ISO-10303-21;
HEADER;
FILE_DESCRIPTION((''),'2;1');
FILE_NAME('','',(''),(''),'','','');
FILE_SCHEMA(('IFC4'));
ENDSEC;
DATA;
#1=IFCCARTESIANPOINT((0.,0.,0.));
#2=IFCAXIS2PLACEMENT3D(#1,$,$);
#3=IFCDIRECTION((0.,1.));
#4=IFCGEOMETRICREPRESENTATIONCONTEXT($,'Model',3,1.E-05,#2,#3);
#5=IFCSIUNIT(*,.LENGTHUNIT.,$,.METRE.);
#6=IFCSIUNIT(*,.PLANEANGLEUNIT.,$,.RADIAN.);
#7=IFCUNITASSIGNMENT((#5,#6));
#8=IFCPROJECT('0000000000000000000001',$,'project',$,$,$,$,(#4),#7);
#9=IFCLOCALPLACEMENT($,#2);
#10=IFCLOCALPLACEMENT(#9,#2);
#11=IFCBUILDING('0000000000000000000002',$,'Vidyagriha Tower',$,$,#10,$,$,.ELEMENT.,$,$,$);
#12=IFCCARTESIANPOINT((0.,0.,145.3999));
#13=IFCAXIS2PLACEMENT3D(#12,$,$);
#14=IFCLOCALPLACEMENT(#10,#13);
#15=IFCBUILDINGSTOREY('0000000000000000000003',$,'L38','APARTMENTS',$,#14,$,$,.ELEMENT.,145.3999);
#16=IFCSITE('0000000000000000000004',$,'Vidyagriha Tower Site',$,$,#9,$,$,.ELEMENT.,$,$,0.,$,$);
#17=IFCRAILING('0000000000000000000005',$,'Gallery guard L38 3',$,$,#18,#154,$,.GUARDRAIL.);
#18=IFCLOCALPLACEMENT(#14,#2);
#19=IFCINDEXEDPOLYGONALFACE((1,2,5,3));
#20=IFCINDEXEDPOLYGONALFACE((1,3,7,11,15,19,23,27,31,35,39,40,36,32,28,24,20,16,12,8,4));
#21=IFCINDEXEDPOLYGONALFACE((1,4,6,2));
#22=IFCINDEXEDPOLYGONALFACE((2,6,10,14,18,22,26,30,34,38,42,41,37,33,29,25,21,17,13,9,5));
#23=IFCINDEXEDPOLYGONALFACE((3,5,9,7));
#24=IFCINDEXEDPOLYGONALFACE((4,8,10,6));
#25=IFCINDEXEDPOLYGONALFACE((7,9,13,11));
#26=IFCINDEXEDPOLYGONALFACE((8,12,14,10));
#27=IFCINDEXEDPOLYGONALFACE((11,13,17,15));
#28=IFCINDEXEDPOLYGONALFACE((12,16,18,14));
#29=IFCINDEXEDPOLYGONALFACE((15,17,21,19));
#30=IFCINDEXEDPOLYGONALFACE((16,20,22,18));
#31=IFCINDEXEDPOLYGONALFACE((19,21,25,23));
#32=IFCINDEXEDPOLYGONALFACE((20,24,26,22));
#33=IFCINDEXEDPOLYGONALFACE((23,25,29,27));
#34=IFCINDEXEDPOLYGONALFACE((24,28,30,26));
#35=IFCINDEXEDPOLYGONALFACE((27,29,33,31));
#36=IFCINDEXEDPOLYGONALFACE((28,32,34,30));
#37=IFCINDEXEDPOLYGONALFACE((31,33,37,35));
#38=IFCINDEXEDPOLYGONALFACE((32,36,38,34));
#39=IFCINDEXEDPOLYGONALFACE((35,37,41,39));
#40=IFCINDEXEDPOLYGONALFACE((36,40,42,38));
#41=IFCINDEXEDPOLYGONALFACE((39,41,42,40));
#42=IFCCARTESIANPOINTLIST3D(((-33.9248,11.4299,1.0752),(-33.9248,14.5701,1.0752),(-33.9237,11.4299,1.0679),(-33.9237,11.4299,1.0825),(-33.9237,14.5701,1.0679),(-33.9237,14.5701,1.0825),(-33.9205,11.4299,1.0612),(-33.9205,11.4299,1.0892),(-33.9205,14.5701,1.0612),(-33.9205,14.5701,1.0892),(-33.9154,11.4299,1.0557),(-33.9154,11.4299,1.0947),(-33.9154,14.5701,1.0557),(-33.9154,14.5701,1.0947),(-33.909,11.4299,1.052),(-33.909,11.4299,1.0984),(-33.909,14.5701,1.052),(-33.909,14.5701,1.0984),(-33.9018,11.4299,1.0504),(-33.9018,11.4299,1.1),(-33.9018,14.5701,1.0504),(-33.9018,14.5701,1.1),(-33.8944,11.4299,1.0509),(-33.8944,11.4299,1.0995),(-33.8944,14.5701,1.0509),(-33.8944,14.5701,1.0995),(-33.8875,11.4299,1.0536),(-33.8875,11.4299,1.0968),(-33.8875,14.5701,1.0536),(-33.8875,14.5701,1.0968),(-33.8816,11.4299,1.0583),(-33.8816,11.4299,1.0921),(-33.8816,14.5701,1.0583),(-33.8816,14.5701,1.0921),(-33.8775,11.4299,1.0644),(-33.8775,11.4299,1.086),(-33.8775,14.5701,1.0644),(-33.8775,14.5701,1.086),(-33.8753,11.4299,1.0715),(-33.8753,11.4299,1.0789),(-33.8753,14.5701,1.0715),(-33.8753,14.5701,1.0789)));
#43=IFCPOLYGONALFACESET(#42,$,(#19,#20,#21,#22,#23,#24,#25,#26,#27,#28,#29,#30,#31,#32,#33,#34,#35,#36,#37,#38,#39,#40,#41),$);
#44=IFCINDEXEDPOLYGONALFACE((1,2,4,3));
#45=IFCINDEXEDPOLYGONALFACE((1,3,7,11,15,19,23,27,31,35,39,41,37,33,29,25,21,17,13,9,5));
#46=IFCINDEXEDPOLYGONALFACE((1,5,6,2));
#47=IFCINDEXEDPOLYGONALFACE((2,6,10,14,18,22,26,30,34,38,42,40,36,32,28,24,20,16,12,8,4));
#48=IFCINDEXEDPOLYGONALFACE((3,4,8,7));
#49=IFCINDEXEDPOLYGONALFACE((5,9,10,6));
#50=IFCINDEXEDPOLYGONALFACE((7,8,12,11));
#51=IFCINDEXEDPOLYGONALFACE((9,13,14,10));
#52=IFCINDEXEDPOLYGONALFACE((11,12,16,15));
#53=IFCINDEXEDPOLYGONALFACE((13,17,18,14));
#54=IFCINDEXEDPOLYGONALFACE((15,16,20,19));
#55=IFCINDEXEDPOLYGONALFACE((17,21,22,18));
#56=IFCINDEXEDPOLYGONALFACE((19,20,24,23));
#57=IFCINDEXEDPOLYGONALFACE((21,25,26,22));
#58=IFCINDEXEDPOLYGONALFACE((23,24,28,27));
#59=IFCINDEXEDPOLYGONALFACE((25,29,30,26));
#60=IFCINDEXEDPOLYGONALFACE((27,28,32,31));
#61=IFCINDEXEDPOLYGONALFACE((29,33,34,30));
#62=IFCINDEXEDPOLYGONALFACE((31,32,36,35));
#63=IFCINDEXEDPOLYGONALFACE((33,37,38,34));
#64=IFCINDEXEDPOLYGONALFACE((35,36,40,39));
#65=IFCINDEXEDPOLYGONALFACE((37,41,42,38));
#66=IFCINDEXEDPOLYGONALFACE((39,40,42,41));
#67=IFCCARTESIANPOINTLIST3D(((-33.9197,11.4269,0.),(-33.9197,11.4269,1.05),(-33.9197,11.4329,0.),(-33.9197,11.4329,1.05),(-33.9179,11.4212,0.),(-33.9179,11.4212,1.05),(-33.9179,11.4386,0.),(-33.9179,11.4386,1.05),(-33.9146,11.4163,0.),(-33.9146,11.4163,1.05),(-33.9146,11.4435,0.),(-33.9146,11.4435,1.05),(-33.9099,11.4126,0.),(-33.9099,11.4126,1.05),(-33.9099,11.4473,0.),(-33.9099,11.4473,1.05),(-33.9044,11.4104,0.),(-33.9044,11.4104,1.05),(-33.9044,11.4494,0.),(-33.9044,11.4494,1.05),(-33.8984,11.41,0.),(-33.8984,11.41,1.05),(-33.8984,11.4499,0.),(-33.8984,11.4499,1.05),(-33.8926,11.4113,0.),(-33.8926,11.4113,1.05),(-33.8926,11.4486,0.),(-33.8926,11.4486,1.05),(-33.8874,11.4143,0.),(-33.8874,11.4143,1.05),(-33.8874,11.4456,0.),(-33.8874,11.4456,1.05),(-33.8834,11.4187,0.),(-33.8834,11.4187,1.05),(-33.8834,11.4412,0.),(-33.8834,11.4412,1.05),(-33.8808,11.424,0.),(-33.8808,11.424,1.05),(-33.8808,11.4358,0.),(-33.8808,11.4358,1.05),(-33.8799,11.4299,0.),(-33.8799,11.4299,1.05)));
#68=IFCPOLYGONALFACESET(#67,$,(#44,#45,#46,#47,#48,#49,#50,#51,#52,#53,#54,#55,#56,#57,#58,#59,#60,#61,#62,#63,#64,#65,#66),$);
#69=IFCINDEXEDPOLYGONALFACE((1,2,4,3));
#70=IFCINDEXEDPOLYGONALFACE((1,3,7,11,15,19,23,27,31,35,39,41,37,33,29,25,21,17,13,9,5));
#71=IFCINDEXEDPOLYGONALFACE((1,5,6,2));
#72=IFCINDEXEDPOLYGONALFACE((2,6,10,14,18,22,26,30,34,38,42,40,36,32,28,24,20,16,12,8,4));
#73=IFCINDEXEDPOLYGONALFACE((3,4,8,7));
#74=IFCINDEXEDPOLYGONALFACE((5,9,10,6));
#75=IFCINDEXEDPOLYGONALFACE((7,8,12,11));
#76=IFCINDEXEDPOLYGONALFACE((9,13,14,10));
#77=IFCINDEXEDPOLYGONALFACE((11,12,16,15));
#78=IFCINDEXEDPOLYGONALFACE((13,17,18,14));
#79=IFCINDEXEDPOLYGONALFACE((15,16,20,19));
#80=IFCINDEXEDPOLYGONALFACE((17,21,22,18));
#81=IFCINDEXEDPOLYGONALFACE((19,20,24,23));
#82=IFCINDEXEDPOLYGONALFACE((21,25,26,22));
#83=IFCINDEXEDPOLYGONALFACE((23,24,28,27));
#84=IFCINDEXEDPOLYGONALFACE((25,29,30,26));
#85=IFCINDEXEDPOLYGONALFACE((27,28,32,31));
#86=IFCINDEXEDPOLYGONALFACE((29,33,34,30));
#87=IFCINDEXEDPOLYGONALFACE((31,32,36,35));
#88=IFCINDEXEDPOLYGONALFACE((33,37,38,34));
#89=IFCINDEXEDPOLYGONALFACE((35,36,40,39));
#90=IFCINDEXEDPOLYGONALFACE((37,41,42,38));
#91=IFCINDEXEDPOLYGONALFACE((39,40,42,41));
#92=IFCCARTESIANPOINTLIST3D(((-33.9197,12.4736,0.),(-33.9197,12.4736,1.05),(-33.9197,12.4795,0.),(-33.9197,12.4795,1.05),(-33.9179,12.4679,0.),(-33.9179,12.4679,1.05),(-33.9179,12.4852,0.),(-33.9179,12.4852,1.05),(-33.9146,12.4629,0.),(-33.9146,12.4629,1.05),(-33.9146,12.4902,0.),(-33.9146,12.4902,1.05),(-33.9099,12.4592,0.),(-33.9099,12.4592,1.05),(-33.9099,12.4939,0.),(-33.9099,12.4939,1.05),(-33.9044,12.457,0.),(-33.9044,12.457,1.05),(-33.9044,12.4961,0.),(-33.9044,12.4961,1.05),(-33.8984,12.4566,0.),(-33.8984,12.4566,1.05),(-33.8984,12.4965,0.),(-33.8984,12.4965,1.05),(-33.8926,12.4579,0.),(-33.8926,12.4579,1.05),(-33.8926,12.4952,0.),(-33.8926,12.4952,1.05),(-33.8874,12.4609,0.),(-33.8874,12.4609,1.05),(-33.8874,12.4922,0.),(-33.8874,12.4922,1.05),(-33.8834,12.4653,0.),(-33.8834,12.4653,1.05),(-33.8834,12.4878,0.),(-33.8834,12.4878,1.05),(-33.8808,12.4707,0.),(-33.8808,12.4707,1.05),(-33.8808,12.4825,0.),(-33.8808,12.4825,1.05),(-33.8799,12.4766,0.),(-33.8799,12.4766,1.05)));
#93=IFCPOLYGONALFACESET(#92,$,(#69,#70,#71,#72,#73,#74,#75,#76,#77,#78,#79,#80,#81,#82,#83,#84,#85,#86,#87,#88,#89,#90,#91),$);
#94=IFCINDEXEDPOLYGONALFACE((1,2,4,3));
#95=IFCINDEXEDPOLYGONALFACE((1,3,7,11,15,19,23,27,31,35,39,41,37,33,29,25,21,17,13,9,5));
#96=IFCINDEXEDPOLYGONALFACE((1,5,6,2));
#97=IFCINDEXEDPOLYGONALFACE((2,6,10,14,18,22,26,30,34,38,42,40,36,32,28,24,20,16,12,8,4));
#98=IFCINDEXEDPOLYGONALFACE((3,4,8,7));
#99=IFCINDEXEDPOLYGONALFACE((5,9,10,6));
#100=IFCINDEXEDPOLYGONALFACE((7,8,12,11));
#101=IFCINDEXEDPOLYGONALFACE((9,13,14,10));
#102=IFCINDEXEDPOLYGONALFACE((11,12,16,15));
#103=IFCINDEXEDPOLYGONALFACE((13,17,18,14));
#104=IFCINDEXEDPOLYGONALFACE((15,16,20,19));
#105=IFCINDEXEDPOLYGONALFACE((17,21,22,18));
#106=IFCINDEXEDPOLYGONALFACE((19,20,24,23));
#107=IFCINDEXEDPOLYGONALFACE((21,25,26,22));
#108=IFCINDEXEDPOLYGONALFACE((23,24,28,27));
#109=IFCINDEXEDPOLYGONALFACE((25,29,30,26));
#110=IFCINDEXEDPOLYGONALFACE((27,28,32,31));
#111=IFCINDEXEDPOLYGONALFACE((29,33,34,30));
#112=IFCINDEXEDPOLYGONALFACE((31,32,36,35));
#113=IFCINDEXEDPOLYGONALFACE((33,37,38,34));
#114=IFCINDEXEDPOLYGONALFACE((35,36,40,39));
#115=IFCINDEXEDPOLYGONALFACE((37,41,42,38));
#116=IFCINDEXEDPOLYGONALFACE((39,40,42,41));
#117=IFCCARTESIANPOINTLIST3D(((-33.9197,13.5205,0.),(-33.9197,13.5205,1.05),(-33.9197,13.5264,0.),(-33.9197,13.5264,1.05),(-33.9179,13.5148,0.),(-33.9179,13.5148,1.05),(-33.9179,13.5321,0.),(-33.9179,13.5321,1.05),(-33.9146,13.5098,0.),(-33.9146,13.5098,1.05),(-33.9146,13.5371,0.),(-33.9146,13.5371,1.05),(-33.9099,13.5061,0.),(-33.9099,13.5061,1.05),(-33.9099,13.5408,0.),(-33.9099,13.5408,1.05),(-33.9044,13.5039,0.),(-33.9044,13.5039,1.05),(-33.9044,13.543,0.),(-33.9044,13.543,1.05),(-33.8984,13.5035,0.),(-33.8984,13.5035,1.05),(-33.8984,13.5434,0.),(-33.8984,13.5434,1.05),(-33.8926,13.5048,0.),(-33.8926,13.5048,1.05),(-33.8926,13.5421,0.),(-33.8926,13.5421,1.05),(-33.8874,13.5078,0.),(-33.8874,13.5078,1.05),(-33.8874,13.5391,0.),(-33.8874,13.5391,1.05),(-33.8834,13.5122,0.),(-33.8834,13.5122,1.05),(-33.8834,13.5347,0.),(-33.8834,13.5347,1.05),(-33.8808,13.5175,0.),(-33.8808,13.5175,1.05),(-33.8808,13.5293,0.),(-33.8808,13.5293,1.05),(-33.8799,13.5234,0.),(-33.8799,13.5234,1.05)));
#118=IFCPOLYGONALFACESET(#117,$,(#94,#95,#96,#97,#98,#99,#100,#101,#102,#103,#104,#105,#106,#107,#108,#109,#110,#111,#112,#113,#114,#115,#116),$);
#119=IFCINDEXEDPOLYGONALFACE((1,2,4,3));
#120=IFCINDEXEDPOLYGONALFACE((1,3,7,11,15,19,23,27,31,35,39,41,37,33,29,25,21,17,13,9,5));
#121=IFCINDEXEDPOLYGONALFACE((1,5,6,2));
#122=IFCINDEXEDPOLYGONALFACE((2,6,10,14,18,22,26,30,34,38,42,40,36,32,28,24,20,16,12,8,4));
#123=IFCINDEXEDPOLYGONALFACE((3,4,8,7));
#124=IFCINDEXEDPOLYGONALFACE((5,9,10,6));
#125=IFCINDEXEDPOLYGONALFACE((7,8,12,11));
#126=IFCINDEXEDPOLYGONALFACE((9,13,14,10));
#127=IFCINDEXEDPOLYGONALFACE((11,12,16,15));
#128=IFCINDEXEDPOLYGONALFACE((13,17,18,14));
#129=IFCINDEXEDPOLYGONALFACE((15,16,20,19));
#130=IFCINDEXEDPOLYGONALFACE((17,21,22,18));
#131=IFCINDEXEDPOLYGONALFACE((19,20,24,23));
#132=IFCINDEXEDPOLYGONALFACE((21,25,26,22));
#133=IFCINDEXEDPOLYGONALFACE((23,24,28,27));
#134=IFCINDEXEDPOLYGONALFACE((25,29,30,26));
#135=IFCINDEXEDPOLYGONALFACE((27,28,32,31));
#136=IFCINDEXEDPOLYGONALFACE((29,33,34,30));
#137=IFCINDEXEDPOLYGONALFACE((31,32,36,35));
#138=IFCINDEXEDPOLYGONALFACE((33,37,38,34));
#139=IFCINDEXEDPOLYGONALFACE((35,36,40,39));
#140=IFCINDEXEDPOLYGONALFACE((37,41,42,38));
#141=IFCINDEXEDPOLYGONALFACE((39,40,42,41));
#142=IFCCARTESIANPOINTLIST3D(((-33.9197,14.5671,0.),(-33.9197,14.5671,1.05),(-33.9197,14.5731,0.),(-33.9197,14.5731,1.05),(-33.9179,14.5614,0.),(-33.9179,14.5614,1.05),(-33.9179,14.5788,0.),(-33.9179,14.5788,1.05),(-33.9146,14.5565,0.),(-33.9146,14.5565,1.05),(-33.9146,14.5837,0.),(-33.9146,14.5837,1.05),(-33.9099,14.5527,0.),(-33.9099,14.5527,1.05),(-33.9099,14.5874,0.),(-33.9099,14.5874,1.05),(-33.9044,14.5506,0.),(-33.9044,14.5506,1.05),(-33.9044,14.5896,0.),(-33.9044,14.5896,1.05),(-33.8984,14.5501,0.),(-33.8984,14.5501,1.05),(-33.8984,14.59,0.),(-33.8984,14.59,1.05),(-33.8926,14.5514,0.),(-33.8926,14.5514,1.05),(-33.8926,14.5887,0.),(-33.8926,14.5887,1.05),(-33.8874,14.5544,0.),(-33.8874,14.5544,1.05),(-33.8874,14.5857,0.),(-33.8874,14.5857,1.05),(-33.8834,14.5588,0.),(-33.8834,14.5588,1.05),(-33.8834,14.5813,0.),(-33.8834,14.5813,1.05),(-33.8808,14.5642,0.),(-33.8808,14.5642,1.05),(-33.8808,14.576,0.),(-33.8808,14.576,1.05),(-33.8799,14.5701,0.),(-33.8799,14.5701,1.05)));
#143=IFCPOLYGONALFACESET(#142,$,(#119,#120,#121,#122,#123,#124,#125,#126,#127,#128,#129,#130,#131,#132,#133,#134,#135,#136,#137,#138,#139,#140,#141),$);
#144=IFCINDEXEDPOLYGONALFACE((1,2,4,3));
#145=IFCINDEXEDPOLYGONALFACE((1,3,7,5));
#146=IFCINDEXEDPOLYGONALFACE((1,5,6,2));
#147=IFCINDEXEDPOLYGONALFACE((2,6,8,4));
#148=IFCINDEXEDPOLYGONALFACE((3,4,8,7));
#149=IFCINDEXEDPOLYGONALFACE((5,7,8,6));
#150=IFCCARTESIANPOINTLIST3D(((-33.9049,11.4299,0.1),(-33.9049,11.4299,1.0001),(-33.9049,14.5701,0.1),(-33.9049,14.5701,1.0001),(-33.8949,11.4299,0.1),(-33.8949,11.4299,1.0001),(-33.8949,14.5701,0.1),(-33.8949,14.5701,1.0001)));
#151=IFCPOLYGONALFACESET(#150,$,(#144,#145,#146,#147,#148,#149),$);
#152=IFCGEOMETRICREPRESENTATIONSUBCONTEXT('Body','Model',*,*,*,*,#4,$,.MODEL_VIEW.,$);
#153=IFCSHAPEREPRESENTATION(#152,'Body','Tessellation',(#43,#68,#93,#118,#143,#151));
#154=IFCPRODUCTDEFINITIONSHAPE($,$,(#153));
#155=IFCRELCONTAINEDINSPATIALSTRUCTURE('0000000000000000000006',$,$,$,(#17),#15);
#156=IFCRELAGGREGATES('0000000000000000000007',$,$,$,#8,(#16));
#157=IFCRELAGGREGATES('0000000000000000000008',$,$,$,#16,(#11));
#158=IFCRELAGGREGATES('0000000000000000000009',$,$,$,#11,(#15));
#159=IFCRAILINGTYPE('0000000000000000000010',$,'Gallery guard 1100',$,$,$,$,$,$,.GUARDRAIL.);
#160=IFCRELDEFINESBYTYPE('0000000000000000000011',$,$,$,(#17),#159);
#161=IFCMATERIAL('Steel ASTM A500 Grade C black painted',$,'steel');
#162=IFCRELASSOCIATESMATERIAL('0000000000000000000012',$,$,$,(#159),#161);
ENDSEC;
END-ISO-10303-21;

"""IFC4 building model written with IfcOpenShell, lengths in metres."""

from ifc_helpers import new_model, si_unit, direction, frame, origin, origin_2d, place, context, subcontext, project, spatial, rectangle, circle, extrude, material, type_object, element, save


model = new_model("IFC4")

# Units and contexts
model_context = context("Model", 3, precision=1e-05, world=origin(), true_north=direction((0.0, 1.0)))
body_context = subcontext(model_context, "Body", "Model", "MODEL_VIEW")
ifc_project = project(units=[si_unit("LENGTHUNIT", "METRE"), si_unit("PLANEANGLEUNIT", "RADIAN")], contexts=[model_context])

# Site, building, storey
site_placement = place(None, origin())
site = spatial("IfcSite", under=ifc_project, at=site_placement, Name="Vidyagriha Tower Site", CompositionType="ELEMENT", RefElevation=0.0)
building_placement = place(site_placement, origin())
building = spatial("IfcBuilding", under=site, at=building_placement, Name="Vidyagriha Tower", CompositionType="ELEMENT")
storey_placement = place(building_placement, frame((0.0, 0.0, 145.3999)))
storey = spatial("IfcBuildingStorey", under=building, at=storey_placement, Name="L38", Description="APARTMENTS", CompositionType="ELEMENT", Elevation=145.3999)

# Railing
ifc_material_1 = material(Name="Steel ASTM A500 Grade C black painted", Category="steel")
railing_type = type_object("IfcRailingType", Name="Gallery guard 1100", PredefinedType="GUARDRAIL", material=ifc_material_1)
railing_1_placement = place(storey_placement, frame((-33.8999, 11.4299, 0.0)))
element("IfcRailing", 1, at=railing_1_placement, inside=storey, type_object=railing_type, Name="Gallery guard L38 3", PredefinedType="GUARDRAIL", context=body_context, shape_type="SweptSolid", body=[
    extrude(circle(Radius=0.0249, at=origin_2d()), frame((0.0, 0.0, 1.0752), z_axis=(0.0, 1.0, 0.0), x_axis=(-1.0, 0.0, 0.0)), (0.0, 0.0, 1.0), 3.1401),
    extrude(circle(Radius=0.02, at=origin_2d()), origin(), (0.0, 0.0, 1.0), 1.05),
    extrude(circle(Radius=0.02, at=origin_2d()), frame((0.0, 1.0466, 0.0)), (0.0, 0.0, 1.0), 1.05),
    extrude(circle(Radius=0.02, at=origin_2d()), frame((0.0, 2.0935, 0.0)), (0.0, 0.0, 1.0), 1.05),
    extrude(circle(Radius=0.02, at=origin_2d()), frame((0.0, 3.1401, 0.0)), (0.0, 0.0, 1.0), 1.05),
    extrude(rectangle(XDim=0.01, YDim=0.9001, at=origin_2d()), frame((0.0, 0.0, 0.55), z_axis=(0.0, 1.0, 0.0), x_axis=(-1.0, 0.0, 0.0)), (0.0, 0.0, 1.0), 3.1401),
])

save(model, "model.ifc")
